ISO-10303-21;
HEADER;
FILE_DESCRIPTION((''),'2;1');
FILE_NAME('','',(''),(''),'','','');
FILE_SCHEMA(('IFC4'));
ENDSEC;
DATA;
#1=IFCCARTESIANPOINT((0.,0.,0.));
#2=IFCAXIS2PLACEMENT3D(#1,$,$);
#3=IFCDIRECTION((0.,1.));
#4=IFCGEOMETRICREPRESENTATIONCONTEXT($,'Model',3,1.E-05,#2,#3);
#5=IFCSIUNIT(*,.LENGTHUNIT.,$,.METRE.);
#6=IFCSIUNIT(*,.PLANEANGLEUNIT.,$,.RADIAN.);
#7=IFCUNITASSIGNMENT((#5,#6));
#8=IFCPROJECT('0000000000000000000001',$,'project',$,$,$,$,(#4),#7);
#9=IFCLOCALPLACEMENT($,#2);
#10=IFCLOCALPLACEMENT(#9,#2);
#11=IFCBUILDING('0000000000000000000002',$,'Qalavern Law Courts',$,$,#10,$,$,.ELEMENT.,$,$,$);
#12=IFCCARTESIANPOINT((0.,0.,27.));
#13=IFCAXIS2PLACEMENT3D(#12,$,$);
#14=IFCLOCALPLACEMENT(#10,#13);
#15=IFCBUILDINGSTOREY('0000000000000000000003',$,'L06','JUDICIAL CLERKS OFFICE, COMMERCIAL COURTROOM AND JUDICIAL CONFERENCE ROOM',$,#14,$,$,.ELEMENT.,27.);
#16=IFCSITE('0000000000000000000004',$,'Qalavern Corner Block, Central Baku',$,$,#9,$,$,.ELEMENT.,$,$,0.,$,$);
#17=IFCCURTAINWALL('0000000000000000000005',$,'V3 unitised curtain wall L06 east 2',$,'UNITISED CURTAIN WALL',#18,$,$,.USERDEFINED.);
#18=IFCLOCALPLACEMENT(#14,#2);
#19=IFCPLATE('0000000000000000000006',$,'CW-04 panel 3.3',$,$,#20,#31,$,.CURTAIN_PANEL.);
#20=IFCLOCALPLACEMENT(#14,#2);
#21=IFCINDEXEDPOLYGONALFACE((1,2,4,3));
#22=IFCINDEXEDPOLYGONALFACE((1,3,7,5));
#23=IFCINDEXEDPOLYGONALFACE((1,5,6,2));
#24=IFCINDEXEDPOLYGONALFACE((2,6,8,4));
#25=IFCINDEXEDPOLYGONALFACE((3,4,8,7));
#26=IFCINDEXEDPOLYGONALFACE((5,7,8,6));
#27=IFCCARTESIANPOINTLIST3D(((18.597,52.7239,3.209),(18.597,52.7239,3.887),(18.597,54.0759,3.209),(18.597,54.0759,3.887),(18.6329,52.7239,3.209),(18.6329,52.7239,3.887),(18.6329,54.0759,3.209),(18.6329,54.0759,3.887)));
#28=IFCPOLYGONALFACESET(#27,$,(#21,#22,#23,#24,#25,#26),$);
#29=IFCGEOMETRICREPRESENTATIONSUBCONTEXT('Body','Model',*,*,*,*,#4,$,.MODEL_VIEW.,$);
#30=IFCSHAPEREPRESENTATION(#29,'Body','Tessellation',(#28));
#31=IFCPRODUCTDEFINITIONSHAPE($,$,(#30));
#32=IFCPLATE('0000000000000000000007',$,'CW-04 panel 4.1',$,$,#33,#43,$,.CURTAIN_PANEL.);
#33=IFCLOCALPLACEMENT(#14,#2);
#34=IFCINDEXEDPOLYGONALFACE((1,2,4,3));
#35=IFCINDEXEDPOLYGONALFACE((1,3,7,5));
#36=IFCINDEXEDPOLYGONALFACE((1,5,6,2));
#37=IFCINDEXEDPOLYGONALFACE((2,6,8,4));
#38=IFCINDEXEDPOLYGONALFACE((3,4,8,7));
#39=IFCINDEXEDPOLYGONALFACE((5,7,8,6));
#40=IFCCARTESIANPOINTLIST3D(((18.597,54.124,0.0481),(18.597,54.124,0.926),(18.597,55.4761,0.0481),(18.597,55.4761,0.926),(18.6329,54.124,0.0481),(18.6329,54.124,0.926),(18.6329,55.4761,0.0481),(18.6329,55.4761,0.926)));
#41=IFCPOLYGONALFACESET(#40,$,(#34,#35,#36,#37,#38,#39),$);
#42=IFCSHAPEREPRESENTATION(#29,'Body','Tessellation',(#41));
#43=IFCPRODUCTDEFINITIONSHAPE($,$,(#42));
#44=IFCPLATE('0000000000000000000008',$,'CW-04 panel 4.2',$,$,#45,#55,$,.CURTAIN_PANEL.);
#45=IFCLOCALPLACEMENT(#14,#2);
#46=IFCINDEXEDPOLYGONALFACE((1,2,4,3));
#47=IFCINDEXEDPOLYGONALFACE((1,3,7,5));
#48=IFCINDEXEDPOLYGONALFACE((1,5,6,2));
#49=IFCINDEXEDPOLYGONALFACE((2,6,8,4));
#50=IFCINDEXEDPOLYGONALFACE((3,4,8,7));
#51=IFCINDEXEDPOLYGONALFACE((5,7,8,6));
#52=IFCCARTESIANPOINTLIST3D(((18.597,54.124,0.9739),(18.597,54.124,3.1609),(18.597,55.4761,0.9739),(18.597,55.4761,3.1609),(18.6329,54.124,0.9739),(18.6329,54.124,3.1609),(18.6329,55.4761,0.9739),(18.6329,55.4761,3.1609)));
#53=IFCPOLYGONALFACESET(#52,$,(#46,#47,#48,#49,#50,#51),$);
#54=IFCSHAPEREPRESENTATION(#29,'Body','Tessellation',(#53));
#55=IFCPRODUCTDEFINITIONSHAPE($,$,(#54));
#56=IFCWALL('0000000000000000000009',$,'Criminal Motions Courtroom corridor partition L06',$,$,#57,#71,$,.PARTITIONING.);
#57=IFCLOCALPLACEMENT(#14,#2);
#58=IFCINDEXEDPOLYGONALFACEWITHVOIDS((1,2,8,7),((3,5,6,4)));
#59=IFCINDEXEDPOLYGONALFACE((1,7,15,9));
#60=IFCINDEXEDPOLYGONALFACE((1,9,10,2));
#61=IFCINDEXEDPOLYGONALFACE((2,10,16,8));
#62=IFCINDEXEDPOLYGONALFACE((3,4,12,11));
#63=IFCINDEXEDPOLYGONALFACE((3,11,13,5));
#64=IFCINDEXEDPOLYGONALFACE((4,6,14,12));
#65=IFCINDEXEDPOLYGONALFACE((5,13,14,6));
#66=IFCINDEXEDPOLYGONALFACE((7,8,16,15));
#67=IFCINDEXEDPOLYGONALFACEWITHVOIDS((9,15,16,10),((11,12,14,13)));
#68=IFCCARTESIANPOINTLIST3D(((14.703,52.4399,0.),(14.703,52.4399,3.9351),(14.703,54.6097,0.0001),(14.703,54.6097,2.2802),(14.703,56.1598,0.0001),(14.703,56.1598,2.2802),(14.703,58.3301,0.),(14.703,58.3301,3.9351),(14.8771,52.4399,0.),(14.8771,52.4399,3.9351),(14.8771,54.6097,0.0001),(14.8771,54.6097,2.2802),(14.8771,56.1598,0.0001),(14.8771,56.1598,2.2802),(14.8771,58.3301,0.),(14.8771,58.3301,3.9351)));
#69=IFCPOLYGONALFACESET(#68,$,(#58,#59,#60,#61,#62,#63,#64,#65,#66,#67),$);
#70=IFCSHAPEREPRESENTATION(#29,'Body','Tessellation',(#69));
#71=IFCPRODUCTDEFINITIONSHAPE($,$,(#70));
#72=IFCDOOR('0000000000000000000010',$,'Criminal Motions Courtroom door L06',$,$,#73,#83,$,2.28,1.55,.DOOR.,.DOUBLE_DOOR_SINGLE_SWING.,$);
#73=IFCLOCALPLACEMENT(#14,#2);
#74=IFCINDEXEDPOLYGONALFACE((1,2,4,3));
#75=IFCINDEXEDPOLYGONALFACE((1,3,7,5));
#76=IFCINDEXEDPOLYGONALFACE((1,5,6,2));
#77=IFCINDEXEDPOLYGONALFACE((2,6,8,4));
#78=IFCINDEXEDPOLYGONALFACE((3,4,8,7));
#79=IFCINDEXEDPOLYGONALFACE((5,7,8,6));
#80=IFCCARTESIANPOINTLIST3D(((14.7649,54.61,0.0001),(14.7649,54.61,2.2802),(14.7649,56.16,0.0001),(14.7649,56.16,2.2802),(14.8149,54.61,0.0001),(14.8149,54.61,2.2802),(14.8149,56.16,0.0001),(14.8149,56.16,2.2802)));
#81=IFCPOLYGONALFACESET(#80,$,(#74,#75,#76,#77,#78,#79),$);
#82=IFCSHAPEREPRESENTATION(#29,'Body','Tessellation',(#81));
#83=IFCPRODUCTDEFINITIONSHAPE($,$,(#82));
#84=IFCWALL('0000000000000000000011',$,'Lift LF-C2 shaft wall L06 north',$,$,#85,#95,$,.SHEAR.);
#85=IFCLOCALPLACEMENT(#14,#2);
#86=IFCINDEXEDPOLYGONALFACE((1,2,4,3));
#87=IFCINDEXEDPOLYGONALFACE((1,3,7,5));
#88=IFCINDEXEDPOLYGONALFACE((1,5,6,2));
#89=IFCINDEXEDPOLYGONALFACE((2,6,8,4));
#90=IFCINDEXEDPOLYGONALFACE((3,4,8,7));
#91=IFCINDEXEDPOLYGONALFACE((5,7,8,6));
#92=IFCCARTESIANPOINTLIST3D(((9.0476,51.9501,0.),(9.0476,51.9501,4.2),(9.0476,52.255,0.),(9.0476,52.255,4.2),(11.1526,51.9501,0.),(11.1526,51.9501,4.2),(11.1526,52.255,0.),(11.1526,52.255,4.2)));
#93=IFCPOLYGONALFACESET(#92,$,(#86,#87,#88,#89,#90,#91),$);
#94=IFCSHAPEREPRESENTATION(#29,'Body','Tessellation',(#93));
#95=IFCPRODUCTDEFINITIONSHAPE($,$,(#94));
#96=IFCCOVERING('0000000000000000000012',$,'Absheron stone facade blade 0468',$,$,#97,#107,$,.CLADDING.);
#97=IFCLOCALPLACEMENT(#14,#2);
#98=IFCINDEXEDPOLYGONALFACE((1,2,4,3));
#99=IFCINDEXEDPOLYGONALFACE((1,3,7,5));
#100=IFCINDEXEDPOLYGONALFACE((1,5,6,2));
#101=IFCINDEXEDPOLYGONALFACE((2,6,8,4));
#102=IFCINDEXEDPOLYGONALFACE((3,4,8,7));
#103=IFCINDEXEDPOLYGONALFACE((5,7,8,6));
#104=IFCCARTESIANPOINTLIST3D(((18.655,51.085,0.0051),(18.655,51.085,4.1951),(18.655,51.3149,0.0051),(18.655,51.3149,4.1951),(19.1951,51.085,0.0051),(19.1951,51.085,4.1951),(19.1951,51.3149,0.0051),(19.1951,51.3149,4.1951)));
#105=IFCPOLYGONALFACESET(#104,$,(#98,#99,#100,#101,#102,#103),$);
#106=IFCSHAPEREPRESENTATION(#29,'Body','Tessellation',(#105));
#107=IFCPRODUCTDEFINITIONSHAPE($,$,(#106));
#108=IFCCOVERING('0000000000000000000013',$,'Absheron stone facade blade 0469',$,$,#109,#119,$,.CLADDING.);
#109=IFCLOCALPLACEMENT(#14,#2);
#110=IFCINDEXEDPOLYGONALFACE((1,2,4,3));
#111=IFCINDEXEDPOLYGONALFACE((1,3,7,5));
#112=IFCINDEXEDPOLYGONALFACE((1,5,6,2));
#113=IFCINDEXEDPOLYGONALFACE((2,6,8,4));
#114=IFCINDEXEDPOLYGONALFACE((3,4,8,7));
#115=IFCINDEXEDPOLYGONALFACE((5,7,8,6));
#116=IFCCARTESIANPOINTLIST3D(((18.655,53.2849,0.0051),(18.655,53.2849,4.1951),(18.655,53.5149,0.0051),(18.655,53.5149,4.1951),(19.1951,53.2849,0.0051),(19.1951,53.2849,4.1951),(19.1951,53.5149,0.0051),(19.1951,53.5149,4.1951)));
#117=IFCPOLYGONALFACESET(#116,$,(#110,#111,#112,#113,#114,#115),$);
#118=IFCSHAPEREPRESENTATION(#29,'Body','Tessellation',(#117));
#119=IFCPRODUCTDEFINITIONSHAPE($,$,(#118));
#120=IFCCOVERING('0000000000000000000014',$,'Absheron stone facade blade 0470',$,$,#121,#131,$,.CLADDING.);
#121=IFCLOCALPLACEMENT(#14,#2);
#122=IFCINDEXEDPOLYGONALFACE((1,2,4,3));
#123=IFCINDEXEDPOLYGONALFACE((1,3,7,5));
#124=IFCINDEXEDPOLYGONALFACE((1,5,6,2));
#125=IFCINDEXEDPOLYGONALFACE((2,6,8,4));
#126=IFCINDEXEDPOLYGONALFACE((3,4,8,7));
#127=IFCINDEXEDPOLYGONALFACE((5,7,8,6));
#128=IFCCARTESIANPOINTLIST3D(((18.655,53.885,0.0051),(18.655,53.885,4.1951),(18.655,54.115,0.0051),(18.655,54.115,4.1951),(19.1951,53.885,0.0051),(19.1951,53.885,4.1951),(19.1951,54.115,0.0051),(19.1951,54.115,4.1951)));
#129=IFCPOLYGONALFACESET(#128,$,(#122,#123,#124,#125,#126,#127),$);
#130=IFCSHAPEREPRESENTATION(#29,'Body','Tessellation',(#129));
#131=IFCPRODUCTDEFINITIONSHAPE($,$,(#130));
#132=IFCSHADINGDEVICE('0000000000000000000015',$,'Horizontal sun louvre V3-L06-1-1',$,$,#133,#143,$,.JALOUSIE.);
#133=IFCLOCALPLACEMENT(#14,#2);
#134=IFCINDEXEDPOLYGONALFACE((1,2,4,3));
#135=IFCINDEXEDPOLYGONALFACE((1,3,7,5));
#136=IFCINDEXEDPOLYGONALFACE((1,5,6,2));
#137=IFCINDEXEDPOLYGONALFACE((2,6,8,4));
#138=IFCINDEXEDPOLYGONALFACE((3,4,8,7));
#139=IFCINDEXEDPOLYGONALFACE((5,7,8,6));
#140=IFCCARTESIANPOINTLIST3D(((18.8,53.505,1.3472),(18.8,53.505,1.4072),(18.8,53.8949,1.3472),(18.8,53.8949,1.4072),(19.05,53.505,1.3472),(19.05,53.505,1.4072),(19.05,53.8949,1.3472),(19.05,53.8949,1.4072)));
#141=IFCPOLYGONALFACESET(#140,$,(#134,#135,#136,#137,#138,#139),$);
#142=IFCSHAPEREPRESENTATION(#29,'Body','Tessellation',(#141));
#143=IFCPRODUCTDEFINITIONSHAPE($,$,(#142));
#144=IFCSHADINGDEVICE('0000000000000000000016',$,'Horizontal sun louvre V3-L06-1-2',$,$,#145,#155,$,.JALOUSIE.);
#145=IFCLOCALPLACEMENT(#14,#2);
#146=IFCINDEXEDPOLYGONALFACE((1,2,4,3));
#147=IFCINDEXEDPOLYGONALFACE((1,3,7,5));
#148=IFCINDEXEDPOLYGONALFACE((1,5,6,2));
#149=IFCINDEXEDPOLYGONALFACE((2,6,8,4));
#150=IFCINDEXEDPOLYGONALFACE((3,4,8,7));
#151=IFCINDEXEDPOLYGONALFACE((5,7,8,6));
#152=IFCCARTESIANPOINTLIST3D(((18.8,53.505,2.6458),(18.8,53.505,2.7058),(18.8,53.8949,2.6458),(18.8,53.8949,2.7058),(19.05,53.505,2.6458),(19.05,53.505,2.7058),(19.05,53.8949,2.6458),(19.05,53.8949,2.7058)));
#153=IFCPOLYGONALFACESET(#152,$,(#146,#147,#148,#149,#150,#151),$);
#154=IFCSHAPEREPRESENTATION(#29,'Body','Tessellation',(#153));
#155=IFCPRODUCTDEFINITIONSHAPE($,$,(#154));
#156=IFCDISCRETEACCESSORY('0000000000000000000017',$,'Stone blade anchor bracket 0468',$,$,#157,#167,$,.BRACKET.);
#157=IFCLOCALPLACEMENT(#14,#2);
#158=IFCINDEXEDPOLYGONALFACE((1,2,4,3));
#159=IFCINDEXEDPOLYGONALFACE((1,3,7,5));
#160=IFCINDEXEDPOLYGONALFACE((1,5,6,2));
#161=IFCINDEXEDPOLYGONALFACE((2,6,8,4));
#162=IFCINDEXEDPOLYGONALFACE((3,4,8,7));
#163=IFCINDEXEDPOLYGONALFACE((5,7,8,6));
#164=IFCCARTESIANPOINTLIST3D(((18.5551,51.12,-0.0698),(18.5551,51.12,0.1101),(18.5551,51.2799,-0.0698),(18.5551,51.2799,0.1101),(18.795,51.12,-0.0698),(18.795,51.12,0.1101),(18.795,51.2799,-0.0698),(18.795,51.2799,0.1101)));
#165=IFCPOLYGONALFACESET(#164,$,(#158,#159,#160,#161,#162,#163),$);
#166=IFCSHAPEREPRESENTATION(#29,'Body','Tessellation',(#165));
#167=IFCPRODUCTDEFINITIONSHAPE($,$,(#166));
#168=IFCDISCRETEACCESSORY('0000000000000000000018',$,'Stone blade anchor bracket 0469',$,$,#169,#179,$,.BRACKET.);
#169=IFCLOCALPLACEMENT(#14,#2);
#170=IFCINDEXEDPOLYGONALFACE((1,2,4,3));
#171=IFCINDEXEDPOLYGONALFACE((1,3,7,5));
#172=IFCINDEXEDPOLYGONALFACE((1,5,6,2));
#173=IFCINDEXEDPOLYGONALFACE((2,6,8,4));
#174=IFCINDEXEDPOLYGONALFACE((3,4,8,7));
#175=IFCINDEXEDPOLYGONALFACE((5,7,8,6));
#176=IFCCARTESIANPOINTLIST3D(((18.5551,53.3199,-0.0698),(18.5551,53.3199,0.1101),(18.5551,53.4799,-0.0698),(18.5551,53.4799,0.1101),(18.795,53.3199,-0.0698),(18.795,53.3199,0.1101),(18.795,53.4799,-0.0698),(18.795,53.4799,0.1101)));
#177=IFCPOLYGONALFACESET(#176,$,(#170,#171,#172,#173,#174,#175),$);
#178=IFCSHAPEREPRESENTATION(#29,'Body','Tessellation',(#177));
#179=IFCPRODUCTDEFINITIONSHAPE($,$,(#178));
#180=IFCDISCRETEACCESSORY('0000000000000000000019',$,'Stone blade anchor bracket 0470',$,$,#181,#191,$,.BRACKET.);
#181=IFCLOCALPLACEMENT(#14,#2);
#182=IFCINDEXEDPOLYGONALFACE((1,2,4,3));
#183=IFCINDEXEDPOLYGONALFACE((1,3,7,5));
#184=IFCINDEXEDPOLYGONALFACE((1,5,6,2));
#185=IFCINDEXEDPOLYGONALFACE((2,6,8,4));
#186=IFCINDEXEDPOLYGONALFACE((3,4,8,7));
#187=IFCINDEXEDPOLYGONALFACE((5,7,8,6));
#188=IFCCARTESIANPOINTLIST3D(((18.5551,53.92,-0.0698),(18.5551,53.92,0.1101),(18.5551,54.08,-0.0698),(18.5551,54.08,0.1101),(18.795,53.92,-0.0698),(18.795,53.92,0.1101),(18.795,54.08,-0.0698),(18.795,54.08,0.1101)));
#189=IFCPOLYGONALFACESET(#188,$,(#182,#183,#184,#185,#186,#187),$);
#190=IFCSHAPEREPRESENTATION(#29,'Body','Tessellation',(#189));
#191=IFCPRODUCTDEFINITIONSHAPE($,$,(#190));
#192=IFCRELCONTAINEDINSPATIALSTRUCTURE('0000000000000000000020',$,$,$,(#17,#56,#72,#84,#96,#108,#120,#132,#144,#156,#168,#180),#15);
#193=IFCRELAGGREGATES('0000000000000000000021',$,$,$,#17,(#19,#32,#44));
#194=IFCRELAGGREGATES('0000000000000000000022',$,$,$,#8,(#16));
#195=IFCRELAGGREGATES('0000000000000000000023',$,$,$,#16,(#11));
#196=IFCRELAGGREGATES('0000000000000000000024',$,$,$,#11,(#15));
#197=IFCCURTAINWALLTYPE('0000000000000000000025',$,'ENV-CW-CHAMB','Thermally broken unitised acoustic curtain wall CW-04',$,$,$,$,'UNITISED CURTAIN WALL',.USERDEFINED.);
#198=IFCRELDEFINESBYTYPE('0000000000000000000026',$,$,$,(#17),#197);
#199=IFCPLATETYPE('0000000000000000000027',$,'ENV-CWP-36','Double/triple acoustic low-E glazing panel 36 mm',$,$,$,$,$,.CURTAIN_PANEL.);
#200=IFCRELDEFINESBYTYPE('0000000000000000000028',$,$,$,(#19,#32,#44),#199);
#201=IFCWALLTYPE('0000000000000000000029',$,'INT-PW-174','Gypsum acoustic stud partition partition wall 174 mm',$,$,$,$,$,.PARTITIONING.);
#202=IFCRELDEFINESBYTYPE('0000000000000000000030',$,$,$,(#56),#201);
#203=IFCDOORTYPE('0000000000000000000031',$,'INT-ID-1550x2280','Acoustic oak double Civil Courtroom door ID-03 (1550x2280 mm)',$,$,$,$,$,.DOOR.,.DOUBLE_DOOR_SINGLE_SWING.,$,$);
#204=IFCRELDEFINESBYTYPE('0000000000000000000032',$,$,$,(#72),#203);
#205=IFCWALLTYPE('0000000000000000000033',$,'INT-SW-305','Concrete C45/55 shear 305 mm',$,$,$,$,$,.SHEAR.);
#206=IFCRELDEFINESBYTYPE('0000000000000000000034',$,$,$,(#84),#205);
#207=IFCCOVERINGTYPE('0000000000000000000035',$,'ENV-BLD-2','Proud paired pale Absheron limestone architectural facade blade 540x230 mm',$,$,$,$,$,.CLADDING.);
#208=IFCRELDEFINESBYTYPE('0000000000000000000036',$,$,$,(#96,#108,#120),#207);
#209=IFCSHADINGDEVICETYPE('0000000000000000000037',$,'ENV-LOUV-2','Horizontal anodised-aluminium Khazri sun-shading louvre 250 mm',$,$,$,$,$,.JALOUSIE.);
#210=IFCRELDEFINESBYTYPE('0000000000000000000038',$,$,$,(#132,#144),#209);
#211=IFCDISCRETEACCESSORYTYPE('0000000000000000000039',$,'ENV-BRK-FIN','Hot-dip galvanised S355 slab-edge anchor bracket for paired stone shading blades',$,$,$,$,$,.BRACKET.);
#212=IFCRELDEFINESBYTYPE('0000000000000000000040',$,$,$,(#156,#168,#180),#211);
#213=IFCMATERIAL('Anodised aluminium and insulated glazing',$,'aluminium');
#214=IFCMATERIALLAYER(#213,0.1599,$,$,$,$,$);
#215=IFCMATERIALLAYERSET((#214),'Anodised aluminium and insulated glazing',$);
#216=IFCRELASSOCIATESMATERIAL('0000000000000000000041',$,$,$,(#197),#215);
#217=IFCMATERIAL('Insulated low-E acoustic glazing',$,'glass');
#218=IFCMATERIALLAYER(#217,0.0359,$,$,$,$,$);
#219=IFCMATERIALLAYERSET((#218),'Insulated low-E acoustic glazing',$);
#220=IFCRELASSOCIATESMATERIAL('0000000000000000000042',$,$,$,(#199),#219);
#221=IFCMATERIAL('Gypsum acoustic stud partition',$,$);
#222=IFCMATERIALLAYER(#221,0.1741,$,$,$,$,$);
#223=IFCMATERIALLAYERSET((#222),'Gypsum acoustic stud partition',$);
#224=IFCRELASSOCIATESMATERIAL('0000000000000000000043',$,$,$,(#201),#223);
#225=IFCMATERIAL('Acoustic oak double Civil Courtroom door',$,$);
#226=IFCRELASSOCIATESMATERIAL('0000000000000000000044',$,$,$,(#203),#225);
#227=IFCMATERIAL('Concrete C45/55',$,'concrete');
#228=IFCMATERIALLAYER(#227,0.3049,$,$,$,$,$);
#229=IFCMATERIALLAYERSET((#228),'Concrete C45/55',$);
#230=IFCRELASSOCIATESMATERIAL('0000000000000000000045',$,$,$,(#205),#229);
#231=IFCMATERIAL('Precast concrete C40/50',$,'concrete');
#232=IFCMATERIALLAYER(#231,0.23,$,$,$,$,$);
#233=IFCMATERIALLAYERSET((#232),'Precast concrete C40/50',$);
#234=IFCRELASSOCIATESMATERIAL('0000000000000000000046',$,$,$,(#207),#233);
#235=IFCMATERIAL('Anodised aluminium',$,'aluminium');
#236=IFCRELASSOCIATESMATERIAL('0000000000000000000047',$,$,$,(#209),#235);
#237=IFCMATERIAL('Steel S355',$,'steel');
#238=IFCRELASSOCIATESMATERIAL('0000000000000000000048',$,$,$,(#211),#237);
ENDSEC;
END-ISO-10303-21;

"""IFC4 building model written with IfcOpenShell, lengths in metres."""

from ifc_helpers import new_model, si_unit, direction, frame, frame_2d, origin, origin_2d, place, context, subcontext, project, spatial, rectangle, extrude, material, layer, layer_set, type_object, element, fill, aggregate, save


model = new_model("IFC4")

# Units and contexts
model_context = context("Model", 3, precision=1e-05, world=origin(), true_north=direction((0.0, 1.0)))
body_context = subcontext(model_context, "Body", "Model", "MODEL_VIEW")
ifc_project = project(units=[si_unit("LENGTHUNIT", "METRE"), si_unit("PLANEANGLEUNIT", "RADIAN")], contexts=[model_context])

# Site, building, storey
site_placement = place(None, origin())
site = spatial("IfcSite", under=ifc_project, at=site_placement, Name="Qalavern Corner Block, Central Baku", CompositionType="ELEMENT", RefElevation=0.0)
building_placement = place(site_placement, origin())
building = spatial("IfcBuilding", under=site, at=building_placement, Name="Qalavern Law Courts", CompositionType="ELEMENT")
storey_placement = place(building_placement, frame((0.0, 0.0, 27.0)))
storey = spatial("IfcBuildingStorey", under=building, at=storey_placement, Name="L06", Description="JUDICIAL CLERKS OFFICE, COMMERCIAL COURTROOM AND JUDICIAL CONFERENCE ROOM", CompositionType="ELEMENT", Elevation=27.0)

# Curtain wall
ifc_material_1 = material(Name="Anodised aluminium and insulated glazing", Category="aluminium")
ifc_layer_1 = layer(ifc_material_1, 0.1599)
ifc_layer_set_1 = layer_set([ifc_layer_1], Name="Anodised aluminium and insulated glazing")
curtain_wall_type = type_object("IfcCurtainWallType", Name="ENV-CW-CHAMB", Description="Thermally broken unitised acoustic curtain wall CW-04", ElementType="UNITISED CURTAIN WALL", PredefinedType="USERDEFINED", material=ifc_layer_set_1)
curtain_wall_placement = place(storey_placement, origin())
curtain_wall = element("IfcCurtainWall", 1, at=curtain_wall_placement, inside=storey, type_object=curtain_wall_type, Name="V3 unitised curtain wall L06 east 2", ObjectType="UNITISED CURTAIN WALL", PredefinedType="USERDEFINED")
ifc_material_2 = material(Name="Anodised aluminium", Category="aluminium")

# Shared definitions
ifc_material_3 = material(Name="Steel S355", Category="steel")

# Plates
ifc_material_4 = material(Name="Insulated low-E acoustic glazing", Category="glass")
ifc_layer_2 = layer(ifc_material_4, 0.0359)
ifc_layer_set_2 = layer_set([ifc_layer_2], Name="Insulated low-E acoustic glazing")
plate_type = type_object("IfcPlateType", Name="ENV-CWP-36", Description="Double/triple acoustic low-E glazing panel 36 mm", PredefinedType="CURTAIN_PANEL", material=ifc_layer_set_2)
plate_1_placement = place(storey_placement, frame((18.615, 53.3999, 3.209), z_axis=(0.0, 0.0, 1.0), x_axis=(0.0, 1.0, 0.0)))
plate_1 = element("IfcPlate", 2, at=plate_1_placement, type_object=plate_type, Name="CW-04 panel 3.3", PredefinedType="CURTAIN_PANEL", context=body_context, shape_type="SweptSolid", body=[
    extrude(rectangle(XDim=1.3521, YDim=0.0359, at=origin_2d()), origin(), (0.0, 0.0, 1.0), 0.678),
])
plate_2_placement = place(storey_placement, frame((18.615, 54.8, 0.0481), z_axis=(0.0, 0.0, 1.0), x_axis=(0.0, 1.0, 0.0)))
plate_2 = element("IfcPlate", 3, at=plate_2_placement, type_object=plate_type, Name="CW-04 panel 4.1", PredefinedType="CURTAIN_PANEL", context=body_context, shape_type="SweptSolid", body=[
    extrude(rectangle(XDim=1.3521, YDim=0.0359, at=origin_2d()), origin(), (0.0, 0.0, 1.0), 0.8779),
])
plate_3_placement = place(storey_placement, frame((18.615, 54.8, 0.9739), z_axis=(0.0, 0.0, 1.0), x_axis=(0.0, 1.0, 0.0)))
plate_3 = element("IfcPlate", 4, at=plate_3_placement, type_object=plate_type, Name="CW-04 panel 4.2", PredefinedType="CURTAIN_PANEL", context=body_context, shape_type="SweptSolid", body=[
    extrude(rectangle(XDim=1.3521, YDim=0.0359, at=origin_2d()), origin(), (0.0, 0.0, 1.0), 2.187),
])
aggregate(curtain_wall, [plate_1, plate_2, plate_3])

# Wall, opening, door
ifc_material_5 = material(Name="Gypsum acoustic stud partition")
ifc_layer_3 = layer(ifc_material_5, 0.1741)
ifc_layer_set_3 = layer_set([ifc_layer_3], Name="Gypsum acoustic stud partition")
wall_type_1 = type_object("IfcWallType", Name="INT-PW-174", Description="Gypsum acoustic stud partition partition wall 174 mm", PredefinedType="PARTITIONING", material=ifc_layer_set_3)
wall_1_placement = place(storey_placement, frame((14.79, 52.4399, 0.0), z_axis=(0.0, 0.0, 1.0), x_axis=(0.0, 1.0, 0.0)))
wall_1 = element("IfcWall", 5, at=wall_1_placement, inside=storey, type_object=wall_type_1, Name="Criminal Motions Courtroom corridor partition L06", PredefinedType="PARTITIONING", context=body_context, shape_type="SweptSolid", body=[
    extrude(rectangle(XDim=5.8901, YDim=0.1741, at=frame_2d((2.9451, 0.0))), origin(), (0.0, 0.0, 1.0), 3.9351),
])
opening_placement = place(wall_1_placement, frame((2.1699, 0.0, 0.0)))
opening = element("IfcOpeningElement", 6, at=opening_placement, cuts=wall_1, PredefinedType="OPENING", context=body_context, shape_type="SweptSolid", body=[
    extrude(rectangle(XDim=1.55, YDim=2.28, at=frame_2d((0.7749, 1.1401))), frame((0.0, 0.1021, 0.0), z_axis=(0.0, -1.0, 0.0), x_axis=(1.0, 0.0, 0.0)), (0.0, 0.0, 1.0), 0.2039),
])
ifc_material_6 = material(Name="Acoustic oak double Civil Courtroom door")
door_type = type_object("IfcDoorType", Name="INT-ID-1550x2280", Description="Acoustic oak double Civil Courtroom door ID-03 (1550x2280 mm)", OperationType="DOUBLE_DOOR_SINGLE_SWING", PredefinedType="DOOR", material=ifc_material_6)
door_placement = place(opening_placement, frame((1.55, 0.0, 0.0), z_axis=(0.0, 0.0, 1.0), x_axis=(-1.0, 0.0, 0.0)))
door = element("IfcDoor", 7, at=door_placement, inside=storey, type_object=door_type, Name="Criminal Motions Courtroom door L06", OperationType="DOUBLE_DOOR_SINGLE_SWING", OverallHeight=2.28, OverallWidth=1.55, PredefinedType="DOOR", context=body_context, shape_type="SweptSolid", body=[
    extrude(rectangle(XDim=1.55, YDim=2.28, at=frame_2d((0.7749, 1.1401))), frame((0.0, 0.0249, 0.0), z_axis=(0.0, -1.0, 0.0), x_axis=(1.0, 0.0, 0.0)), (0.0, 0.0, 1.0), 0.05),
])
fill(opening, door)

# Wall
ifc_material_7 = material(Name="Concrete C45/55", Category="concrete")
ifc_layer_4 = layer(ifc_material_7, 0.3049)
ifc_layer_set_4 = layer_set([ifc_layer_4], Name="Concrete C45/55")
wall_type_2 = type_object("IfcWallType", Name="INT-SW-305", Description="Concrete C45/55 shear 305 mm", PredefinedType="SHEAR", material=ifc_layer_set_4)
wall_2_placement = place(storey_placement, frame((11.1526, 52.1025, 0.0), z_axis=(0.0, 0.0, 1.0), x_axis=(-1.0, 0.0, 0.0)))
element("IfcWall", 8, at=wall_2_placement, inside=storey, type_object=wall_type_2, Name="Lift LF-C2 shaft wall L06 north", PredefinedType="SHEAR", context=body_context, shape_type="SweptSolid", body=[
    extrude(rectangle(XDim=2.105, YDim=0.3049, at=frame_2d((1.0525, 0.0))), origin(), (0.0, 0.0, 1.0), 4.2),
])

# Coverings
ifc_material_8 = material(Name="Precast concrete C40/50", Category="concrete")
ifc_layer_5 = layer(ifc_material_8, 0.23)
ifc_layer_set_5 = layer_set([ifc_layer_5], Name="Precast concrete C40/50")
covering_type = type_object("IfcCoveringType", Name="ENV-BLD-2", Description="Proud paired pale Absheron limestone architectural facade blade 540x230 mm", PredefinedType="CLADDING", material=ifc_layer_set_5)
for number, where, z_axis, x_axis, name in (
    (9, (18.925, 51.2, 0.0051), (0.0, 0.0, 1.0), (1.0, 0.0, 0.0), "Absheron stone facade blade 0468"),
    (10, (18.925, 53.3999, 0.0051), (0.0, 0.0, 1.0), (1.0, 0.0, 0.0), "Absheron stone facade blade 0469"),
    (11, (18.925, 54.0, 0.0051), (0.0, 0.0, 1.0), (1.0, 0.0, 0.0), "Absheron stone facade blade 0470"),
):
    element("IfcCovering", number, at=place(storey_placement, frame(where, z_axis=z_axis, x_axis=x_axis)), inside=storey, type_object=covering_type, Name=name, PredefinedType="CLADDING", context=body_context, shape_type="SweptSolid", body=[
        extrude(rectangle(XDim=0.54, YDim=0.23, at=origin_2d()), origin(), (0.0, 0.0, 1.0), 4.1899),
    ])

# Shading devices
shading_device_type = type_object("IfcShadingDeviceType", Name="ENV-LOUV-2", Description="Horizontal anodised-aluminium Khazri sun-shading louvre 250 mm", PredefinedType="JALOUSIE", material=ifc_material_2)
for number, where, z_axis, x_axis, name in (
    (12, (18.925, 53.7, 1.3472), (0.0, 0.0, 1.0), (0.0, 1.0, 0.0), "Horizontal sun louvre V3-L06-1-1"),
    (13, (18.925, 53.7, 2.6458), (0.0, 0.0, 1.0), (0.0, 1.0, 0.0), "Horizontal sun louvre V3-L06-1-2"),
):
    element("IfcShadingDevice", number, at=place(storey_placement, frame(where, z_axis=z_axis, x_axis=x_axis)), inside=storey, type_object=shading_device_type, Name=name, PredefinedType="JALOUSIE", context=body_context, shape_type="SweptSolid", body=[
        extrude(rectangle(XDim=0.3899, YDim=0.25, at=origin_2d()), origin(), (0.0, 0.0, 1.0), 0.0601),
    ])

# Discrete accessories
discrete_accessory_type = type_object("IfcDiscreteAccessoryType", Name="ENV-BRK-FIN", Description="Hot-dip galvanised S355 slab-edge anchor bracket for paired stone shading blades", PredefinedType="BRACKET", material=ifc_material_3)
for number, where, z_axis, x_axis, name in (
    (14, (18.675, 51.2, -0.0698), (0.0, 0.0, 1.0), (1.0, 0.0, 0.0), "Stone blade anchor bracket 0468"),
    (15, (18.675, 53.3999, -0.0698), (0.0, 0.0, 1.0), (1.0, 0.0, 0.0), "Stone blade anchor bracket 0469"),
    (16, (18.675, 54.0, -0.0698), (0.0, 0.0, 1.0), (1.0, 0.0, 0.0), "Stone blade anchor bracket 0470"),
):
    element("IfcDiscreteAccessory", number, at=place(storey_placement, frame(where, z_axis=z_axis, x_axis=x_axis)), inside=storey, type_object=discrete_accessory_type, Name=name, PredefinedType="BRACKET", context=body_context, shape_type="SweptSolid", body=[
        extrude(rectangle(XDim=0.24, YDim=0.1599, at=origin_2d()), origin(), (0.0, 0.0, 1.0), 0.1799),
    ])

save(model, "model.ifc")
